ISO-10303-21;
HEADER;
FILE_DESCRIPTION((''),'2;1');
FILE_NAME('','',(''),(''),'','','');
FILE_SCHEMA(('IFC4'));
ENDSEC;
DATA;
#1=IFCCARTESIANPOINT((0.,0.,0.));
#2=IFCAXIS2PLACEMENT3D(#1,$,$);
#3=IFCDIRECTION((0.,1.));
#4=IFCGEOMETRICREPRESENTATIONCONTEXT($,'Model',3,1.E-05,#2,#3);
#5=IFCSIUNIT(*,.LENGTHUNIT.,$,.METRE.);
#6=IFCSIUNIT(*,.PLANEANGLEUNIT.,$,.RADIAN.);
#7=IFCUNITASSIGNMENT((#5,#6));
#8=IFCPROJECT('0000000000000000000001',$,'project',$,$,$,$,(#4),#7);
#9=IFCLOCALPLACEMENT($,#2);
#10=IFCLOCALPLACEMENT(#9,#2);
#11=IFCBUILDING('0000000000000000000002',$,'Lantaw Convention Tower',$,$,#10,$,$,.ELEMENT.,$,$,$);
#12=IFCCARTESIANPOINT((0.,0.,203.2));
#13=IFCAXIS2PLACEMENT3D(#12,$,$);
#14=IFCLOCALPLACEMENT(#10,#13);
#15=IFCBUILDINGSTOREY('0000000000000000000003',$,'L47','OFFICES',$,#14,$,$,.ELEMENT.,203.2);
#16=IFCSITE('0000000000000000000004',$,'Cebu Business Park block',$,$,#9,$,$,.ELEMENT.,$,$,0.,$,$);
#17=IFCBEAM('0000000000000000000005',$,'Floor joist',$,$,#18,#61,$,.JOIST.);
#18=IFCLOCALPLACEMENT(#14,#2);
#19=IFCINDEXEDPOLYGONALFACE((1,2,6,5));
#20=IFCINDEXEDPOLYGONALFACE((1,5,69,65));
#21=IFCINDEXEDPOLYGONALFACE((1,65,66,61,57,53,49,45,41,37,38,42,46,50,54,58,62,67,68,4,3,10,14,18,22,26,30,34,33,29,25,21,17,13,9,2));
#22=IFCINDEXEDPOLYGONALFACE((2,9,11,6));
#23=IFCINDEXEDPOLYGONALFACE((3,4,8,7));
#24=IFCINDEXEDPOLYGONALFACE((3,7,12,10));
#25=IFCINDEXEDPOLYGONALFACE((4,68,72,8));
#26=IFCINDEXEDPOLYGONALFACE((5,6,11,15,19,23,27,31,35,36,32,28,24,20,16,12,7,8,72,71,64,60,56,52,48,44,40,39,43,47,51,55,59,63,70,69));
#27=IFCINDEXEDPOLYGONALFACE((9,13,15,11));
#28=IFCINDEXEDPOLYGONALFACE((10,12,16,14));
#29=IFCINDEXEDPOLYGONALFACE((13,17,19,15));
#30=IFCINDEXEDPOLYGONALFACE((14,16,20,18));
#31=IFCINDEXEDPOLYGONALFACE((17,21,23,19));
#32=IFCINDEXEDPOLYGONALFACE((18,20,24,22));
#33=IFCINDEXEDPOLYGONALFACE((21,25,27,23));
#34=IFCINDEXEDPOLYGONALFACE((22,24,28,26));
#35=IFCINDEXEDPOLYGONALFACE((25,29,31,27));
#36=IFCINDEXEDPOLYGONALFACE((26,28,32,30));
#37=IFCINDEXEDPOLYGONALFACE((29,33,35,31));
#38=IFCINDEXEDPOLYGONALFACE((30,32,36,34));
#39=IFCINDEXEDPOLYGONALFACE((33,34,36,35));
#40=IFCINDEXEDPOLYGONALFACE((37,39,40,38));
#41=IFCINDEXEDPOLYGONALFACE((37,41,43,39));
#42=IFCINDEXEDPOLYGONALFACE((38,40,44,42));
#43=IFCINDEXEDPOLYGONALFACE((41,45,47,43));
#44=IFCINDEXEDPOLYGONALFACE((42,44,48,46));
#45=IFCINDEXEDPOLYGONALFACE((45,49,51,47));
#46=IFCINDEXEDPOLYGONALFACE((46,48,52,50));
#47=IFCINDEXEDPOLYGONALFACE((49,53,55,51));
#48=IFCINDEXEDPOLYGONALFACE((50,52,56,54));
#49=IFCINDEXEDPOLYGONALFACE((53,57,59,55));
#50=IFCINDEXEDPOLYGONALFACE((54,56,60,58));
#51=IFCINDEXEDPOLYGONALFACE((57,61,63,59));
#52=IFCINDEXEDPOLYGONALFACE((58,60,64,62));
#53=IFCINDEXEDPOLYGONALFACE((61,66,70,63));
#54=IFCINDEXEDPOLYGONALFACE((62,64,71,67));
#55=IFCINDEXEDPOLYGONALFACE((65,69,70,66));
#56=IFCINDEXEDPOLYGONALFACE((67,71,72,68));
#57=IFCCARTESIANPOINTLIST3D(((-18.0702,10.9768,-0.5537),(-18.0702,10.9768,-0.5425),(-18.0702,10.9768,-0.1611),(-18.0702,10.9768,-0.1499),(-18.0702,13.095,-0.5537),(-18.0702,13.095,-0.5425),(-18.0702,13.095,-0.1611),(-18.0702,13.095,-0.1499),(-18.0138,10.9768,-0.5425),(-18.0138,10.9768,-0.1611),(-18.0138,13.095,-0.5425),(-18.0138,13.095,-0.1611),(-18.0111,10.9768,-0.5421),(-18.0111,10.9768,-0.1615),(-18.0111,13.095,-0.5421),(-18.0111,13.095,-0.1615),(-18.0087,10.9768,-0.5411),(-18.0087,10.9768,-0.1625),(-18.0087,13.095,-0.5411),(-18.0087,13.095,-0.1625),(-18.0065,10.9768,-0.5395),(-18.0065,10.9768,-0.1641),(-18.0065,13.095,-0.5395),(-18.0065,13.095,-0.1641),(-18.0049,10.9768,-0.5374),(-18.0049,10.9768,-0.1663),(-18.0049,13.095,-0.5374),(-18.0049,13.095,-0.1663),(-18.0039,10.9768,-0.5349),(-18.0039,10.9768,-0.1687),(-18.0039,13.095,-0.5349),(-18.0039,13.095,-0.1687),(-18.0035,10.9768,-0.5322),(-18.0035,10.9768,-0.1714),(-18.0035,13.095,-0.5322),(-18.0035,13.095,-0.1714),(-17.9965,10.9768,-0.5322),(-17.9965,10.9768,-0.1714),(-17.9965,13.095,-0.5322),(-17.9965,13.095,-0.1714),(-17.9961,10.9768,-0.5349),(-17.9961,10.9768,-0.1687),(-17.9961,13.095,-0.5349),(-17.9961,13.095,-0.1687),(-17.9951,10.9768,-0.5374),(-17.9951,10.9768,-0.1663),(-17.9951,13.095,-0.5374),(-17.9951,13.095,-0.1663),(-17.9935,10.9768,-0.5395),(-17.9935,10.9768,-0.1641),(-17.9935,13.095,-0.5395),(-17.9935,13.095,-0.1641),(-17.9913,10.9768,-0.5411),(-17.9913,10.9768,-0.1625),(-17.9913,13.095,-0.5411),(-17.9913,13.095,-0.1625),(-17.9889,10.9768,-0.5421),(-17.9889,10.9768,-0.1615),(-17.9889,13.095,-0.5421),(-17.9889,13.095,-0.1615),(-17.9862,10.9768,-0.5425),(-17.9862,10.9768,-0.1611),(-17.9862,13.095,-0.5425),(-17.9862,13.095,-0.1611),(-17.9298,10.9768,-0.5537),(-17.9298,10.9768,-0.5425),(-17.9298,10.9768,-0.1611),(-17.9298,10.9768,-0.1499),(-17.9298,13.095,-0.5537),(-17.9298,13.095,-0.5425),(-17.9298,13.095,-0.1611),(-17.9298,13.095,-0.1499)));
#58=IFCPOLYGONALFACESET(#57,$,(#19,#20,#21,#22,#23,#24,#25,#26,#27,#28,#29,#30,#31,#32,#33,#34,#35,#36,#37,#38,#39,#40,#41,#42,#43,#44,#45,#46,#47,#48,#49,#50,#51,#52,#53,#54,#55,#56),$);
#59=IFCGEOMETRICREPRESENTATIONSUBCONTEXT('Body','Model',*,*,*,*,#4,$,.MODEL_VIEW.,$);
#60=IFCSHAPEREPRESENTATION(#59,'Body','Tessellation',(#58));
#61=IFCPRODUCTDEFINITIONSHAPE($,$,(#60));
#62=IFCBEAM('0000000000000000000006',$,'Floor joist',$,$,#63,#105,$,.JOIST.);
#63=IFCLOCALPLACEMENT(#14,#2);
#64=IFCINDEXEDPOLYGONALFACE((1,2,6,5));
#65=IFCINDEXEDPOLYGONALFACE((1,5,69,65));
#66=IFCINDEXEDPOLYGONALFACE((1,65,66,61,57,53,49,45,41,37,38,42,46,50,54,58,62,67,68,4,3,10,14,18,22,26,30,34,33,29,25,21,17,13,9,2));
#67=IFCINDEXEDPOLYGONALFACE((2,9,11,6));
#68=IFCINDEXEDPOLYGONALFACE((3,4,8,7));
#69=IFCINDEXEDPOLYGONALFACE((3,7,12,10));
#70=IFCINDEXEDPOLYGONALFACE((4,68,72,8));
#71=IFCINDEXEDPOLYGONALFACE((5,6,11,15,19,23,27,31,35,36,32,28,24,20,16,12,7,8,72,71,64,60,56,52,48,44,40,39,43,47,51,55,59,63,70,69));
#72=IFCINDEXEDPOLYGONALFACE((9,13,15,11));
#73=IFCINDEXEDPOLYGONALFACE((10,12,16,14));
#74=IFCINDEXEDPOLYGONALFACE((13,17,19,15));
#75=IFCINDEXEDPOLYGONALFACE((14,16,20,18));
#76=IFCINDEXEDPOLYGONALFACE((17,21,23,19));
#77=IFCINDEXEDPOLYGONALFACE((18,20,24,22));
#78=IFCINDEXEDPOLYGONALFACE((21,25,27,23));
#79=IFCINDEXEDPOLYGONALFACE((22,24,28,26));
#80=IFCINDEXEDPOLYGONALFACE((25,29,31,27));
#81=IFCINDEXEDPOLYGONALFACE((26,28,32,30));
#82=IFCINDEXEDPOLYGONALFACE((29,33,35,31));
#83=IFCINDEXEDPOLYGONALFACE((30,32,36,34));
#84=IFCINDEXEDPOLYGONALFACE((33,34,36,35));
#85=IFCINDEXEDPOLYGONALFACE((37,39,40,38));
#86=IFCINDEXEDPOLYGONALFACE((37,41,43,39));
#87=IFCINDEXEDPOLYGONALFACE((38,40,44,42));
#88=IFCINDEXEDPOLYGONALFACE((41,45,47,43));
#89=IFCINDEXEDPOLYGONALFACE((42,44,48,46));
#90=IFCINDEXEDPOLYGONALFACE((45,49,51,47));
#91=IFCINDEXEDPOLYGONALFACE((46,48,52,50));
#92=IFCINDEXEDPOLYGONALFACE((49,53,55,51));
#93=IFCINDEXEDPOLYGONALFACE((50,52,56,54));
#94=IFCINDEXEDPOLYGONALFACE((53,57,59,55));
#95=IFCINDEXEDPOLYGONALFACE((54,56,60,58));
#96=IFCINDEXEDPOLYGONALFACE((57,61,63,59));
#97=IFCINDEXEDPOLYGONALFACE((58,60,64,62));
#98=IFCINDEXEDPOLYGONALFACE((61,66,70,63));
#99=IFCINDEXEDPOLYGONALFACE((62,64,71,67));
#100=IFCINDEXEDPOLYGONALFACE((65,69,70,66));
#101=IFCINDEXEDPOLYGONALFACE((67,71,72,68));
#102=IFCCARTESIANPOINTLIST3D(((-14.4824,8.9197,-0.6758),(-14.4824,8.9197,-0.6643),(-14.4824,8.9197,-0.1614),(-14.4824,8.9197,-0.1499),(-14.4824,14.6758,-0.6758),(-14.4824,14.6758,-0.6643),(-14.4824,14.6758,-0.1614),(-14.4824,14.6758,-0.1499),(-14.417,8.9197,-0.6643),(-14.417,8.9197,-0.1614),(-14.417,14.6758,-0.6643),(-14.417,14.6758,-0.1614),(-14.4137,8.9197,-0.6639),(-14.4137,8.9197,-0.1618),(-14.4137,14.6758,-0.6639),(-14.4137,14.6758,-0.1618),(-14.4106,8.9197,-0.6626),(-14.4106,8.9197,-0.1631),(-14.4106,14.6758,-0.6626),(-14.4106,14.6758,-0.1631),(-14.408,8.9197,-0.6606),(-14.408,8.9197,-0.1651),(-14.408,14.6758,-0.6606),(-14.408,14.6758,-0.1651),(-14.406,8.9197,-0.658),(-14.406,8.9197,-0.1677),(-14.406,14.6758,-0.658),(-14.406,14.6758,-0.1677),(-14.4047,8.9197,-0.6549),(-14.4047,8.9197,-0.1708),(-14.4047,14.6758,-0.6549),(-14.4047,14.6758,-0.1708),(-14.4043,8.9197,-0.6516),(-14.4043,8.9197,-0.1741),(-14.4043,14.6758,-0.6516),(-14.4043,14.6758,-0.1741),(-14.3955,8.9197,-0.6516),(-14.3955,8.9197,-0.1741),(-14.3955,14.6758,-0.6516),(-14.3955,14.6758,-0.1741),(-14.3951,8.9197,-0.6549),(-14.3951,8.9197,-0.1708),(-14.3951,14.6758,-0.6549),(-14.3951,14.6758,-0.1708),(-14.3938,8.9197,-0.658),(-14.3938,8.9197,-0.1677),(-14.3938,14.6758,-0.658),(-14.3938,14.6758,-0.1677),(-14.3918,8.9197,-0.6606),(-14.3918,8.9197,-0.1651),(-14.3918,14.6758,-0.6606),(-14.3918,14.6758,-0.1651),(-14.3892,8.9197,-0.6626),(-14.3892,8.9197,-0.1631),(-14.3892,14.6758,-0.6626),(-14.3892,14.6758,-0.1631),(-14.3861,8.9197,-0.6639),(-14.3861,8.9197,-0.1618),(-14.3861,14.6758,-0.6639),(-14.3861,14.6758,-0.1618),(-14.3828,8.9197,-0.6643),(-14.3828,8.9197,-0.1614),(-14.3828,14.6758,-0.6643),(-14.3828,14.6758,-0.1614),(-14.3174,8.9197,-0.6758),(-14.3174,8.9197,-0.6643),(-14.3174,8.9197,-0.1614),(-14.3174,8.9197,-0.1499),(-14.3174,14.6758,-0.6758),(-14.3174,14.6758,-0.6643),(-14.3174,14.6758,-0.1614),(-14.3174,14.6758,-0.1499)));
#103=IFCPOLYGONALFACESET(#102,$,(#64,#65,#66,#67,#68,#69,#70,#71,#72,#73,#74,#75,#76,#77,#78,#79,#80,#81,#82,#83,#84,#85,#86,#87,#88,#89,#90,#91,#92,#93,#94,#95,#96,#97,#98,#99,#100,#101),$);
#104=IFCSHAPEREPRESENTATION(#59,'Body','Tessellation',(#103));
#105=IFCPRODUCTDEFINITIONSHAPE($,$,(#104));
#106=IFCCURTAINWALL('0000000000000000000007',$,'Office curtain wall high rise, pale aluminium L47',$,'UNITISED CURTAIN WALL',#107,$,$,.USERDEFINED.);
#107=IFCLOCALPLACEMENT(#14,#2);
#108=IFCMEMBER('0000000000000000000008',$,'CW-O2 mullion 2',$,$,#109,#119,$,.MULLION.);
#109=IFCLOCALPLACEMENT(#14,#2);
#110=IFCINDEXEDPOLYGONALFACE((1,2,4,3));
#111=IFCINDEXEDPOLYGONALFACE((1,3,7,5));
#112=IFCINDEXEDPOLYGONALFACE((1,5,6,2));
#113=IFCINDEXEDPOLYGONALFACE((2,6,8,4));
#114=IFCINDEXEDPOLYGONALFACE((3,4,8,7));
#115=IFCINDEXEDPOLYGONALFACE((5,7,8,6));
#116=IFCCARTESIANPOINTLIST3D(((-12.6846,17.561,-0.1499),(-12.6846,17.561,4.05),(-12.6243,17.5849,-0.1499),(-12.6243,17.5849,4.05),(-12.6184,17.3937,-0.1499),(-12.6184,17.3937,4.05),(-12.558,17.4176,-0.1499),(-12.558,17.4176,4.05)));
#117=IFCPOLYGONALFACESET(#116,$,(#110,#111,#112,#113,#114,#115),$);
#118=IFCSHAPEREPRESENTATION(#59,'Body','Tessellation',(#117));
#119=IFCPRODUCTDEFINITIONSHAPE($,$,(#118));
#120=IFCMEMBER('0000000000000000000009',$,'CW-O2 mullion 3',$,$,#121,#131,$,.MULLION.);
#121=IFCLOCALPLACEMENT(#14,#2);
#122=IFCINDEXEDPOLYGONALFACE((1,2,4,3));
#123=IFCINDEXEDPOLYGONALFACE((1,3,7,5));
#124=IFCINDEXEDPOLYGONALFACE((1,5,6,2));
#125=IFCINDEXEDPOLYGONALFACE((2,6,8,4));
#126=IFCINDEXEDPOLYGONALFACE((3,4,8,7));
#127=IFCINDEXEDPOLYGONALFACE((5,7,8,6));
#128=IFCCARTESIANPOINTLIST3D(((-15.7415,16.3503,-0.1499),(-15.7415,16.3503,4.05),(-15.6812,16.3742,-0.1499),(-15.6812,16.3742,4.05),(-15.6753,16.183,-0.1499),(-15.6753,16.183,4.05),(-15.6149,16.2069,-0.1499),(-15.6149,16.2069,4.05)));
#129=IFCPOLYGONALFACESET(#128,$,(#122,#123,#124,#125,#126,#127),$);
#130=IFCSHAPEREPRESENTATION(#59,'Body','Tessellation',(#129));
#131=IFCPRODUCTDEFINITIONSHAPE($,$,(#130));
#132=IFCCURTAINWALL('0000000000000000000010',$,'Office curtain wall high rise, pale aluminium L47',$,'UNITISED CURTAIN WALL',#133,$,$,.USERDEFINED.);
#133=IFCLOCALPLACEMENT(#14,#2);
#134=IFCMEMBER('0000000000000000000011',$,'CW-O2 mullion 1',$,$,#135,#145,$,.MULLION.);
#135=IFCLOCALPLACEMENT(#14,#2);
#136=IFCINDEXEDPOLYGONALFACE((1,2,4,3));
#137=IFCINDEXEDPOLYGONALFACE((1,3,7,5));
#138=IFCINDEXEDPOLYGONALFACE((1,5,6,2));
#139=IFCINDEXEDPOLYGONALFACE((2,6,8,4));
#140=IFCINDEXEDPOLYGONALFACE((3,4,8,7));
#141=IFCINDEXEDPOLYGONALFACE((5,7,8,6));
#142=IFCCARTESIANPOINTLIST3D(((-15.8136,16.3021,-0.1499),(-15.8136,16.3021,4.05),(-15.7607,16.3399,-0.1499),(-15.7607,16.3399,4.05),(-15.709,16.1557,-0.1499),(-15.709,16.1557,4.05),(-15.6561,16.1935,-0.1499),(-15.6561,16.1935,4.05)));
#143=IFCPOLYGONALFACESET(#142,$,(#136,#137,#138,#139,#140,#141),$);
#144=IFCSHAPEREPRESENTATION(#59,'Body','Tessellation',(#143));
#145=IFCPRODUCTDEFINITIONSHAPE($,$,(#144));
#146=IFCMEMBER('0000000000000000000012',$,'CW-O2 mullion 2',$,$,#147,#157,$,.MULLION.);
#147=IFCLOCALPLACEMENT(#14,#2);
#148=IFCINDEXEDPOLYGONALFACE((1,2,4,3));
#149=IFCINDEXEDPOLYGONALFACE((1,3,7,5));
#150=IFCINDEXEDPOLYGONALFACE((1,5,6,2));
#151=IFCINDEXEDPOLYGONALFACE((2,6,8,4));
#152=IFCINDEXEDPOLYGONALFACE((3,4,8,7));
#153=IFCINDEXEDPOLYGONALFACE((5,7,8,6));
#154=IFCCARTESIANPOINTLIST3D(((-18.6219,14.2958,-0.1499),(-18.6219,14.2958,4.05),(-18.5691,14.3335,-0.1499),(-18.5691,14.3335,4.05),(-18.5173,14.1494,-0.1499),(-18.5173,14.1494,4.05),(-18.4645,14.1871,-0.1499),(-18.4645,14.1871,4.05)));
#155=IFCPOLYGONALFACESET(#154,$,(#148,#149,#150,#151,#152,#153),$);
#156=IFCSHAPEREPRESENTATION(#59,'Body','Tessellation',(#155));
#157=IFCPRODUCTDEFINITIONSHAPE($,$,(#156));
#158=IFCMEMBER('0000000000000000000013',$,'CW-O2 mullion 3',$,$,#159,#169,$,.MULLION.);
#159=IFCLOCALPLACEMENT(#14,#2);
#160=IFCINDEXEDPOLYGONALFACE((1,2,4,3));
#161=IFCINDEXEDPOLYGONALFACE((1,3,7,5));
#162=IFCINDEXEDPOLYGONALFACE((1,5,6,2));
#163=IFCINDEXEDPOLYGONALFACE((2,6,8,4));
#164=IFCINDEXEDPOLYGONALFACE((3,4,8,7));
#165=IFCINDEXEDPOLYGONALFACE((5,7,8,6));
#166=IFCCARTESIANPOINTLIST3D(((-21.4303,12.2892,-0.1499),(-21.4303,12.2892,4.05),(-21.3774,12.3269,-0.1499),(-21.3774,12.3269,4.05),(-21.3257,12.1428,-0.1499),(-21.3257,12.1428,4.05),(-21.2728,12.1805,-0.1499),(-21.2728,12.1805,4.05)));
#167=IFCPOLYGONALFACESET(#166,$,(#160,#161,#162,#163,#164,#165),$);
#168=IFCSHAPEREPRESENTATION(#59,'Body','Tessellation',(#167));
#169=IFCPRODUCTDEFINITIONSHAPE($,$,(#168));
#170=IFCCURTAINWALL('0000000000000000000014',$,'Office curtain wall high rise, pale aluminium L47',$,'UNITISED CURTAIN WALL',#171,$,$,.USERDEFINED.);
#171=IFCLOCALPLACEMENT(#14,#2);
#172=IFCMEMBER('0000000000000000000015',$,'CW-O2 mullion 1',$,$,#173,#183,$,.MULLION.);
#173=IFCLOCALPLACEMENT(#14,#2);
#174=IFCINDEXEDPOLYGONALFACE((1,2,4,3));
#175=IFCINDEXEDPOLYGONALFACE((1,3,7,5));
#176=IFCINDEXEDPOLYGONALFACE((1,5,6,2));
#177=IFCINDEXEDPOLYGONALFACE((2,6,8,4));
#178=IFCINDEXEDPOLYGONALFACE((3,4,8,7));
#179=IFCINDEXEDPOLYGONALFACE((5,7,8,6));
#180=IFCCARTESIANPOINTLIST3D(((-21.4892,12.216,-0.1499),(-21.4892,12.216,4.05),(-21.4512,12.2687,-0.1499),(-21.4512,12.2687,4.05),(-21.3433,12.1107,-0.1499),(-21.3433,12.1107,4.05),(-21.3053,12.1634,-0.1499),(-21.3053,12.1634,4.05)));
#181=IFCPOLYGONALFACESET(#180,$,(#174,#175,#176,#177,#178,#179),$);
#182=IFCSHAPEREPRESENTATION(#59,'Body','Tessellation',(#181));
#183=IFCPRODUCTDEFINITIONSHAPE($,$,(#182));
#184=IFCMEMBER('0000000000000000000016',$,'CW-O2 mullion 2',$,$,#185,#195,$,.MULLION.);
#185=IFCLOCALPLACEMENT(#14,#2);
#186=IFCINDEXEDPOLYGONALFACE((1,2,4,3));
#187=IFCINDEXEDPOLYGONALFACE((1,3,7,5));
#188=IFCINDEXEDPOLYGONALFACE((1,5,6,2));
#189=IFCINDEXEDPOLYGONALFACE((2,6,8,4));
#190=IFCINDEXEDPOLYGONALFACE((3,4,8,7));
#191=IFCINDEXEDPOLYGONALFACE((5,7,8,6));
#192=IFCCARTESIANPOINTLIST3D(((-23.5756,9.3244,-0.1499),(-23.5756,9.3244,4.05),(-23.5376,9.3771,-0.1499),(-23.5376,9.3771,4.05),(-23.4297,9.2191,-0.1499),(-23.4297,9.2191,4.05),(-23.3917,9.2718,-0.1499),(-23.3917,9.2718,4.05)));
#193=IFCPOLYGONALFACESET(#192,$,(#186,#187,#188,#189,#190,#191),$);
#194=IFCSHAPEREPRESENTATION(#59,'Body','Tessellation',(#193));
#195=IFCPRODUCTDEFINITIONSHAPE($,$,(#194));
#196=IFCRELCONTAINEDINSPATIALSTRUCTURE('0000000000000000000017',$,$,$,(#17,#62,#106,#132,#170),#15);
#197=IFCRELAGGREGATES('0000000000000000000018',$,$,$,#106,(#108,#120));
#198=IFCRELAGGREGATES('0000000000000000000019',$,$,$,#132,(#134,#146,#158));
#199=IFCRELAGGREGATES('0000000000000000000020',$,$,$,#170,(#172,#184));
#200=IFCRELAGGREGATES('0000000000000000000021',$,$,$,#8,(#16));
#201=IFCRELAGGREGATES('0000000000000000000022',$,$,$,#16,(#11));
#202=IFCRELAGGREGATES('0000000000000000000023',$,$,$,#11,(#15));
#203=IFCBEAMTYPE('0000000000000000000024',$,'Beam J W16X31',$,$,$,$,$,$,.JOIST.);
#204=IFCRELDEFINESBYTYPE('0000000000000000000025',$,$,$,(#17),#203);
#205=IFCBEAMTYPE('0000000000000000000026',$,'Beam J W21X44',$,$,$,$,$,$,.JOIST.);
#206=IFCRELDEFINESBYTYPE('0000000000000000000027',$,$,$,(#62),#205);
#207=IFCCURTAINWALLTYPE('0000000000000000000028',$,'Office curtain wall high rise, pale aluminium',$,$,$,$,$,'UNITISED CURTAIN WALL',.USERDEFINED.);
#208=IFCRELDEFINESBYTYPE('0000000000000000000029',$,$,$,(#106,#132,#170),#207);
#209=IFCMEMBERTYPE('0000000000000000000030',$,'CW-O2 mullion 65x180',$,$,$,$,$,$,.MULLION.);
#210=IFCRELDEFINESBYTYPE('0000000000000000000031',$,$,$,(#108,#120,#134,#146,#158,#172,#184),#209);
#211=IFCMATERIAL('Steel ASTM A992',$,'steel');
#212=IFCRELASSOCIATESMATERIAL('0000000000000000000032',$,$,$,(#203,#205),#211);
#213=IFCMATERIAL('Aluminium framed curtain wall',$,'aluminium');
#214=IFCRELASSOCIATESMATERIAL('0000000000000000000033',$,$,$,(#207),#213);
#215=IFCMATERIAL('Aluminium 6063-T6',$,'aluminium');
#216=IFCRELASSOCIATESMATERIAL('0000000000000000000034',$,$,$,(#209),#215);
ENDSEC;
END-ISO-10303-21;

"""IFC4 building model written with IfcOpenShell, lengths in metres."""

from ifc_helpers import new_model, si_unit, direction, frame, origin, origin_2d, place, context, subcontext, project, spatial, rectangle, i_section, extrude, material, material_profile, profile_set, type_object, element, aggregate, save


model = new_model("IFC4")

# Units and contexts
model_context = context("Model", 3, precision=1e-05, world=origin(), true_north=direction((0.0, 1.0)))
body_context = subcontext(model_context, "Body", "Model", "MODEL_VIEW")
ifc_project = project(units=[si_unit("LENGTHUNIT", "METRE"), si_unit("PLANEANGLEUNIT", "RADIAN")], contexts=[model_context])

# Site, building, storey
site_placement = place(None, origin())
site = spatial("IfcSite", under=ifc_project, at=site_placement, Name="Cebu Business Park block", CompositionType="ELEMENT", RefElevation=0.0)
building_placement = place(site_placement, origin())
building = spatial("IfcBuilding", under=site, at=building_placement, Name="Lantaw Convention Tower", CompositionType="ELEMENT")
storey_placement = place(building_placement, frame((0.0, 0.0, 203.2)))
storey = spatial("IfcBuildingStorey", under=building, at=storey_placement, Name="L47", Description="OFFICES", CompositionType="ELEMENT", Elevation=203.2)

# Beams
ifc_material_1 = material(Name="Steel ASTM A992", Category="steel")
ifc_material_profile_1 = material_profile(ifc_material_1, i_section(OverallWidth=0.1404, OverallDepth=0.4038, WebThickness=0.0071, FlangeThickness=0.0112, FilletRadius=0.0103, at=origin_2d()), Name="W16X31")
ifc_profile_set_1 = profile_set([ifc_material_profile_1], Name="Steel ASTM A992")
beam_type_1 = type_object("IfcBeamType", Name="Beam J W16X31", PredefinedType="JOIST", material=ifc_profile_set_1)
beam_1_placement = place(storey_placement, frame((-18.0, 10.9768, -0.3518), z_axis=(0.0, 1.0, 0.0), x_axis=(-1.0, 0.0, 0.0)))
element("IfcBeam", 1, at=beam_1_placement, inside=storey, type_object=beam_type_1, Name="Floor joist", PredefinedType="JOIST", context=body_context, shape_type="SweptSolid", body=[
    extrude(i_section(OverallWidth=0.1404, OverallDepth=0.4038, WebThickness=0.0071, FlangeThickness=0.0112, FilletRadius=0.0103, at=origin_2d()), origin(), (0.0, 0.0, 1.0), 2.1182),
])
ifc_material_profile_2 = material_profile(ifc_material_1, i_section(OverallWidth=0.165, OverallDepth=0.5259, WebThickness=0.0088, FlangeThickness=0.0115, FilletRadius=0.0127, at=origin_2d()), Name="W21X44")
ifc_profile_set_2 = profile_set([ifc_material_profile_2], Name="Steel ASTM A992")
beam_type_2 = type_object("IfcBeamType", Name="Beam J W21X44", PredefinedType="JOIST", material=ifc_profile_set_2)
beam_2_placement = place(storey_placement, frame((-14.3999, 8.9197, -0.4128), z_axis=(0.0, 1.0, 0.0), x_axis=(-1.0, 0.0, 0.0)))
element("IfcBeam", 2, at=beam_2_placement, inside=storey, type_object=beam_type_2, Name="Floor joist", PredefinedType="JOIST", context=body_context, shape_type="SweptSolid", body=[
    extrude(i_section(OverallWidth=0.165, OverallDepth=0.5259, WebThickness=0.0088, FlangeThickness=0.0115, FilletRadius=0.0127, at=origin_2d()), origin(), (0.0, 0.0, 1.0), 5.7561),
])

# Curtain walls, members
ifc_material_2 = material(Name="Aluminium framed curtain wall", Category="aluminium")
curtain_wall_type = type_object("IfcCurtainWallType", Name="Office curtain wall high rise, pale aluminium", ElementType="UNITISED CURTAIN WALL", PredefinedType="USERDEFINED", material=ifc_material_2)
curtain_wall_1_placement = place(storey_placement, origin())
curtain_wall_1 = element("IfcCurtainWall", 3, at=curtain_wall_1_placement, inside=storey, type_object=curtain_wall_type, Name="Office curtain wall high rise, pale aluminium L47", ObjectType="UNITISED CURTAIN WALL", PredefinedType="USERDEFINED")
ifc_material_3 = material(Name="Aluminium 6063-T6", Category="aluminium")
ifc_material_profile_3 = material_profile(ifc_material_3, rectangle(XDim=0.1799, YDim=0.0649, at=origin_2d()), Name="CW-O2 mullion 65x180")
ifc_profile_set_3 = profile_set([ifc_material_profile_3], Name="Aluminium 6063-T6")
member_type_1 = type_object("IfcMemberType", Name="CW-O2 mullion 65x180", PredefinedType="MULLION", material=ifc_profile_set_3)
member_1_placement = place(storey_placement, frame((-12.6213, 17.4893, -0.1499), z_axis=(0.0, 0.0, 1.0), x_axis=(0.368162, -0.929762, 0.0)))
member_1 = element("IfcMember", 4, at=member_1_placement, type_object=member_type_1, Name="CW-O2 mullion 2", PredefinedType="MULLION", context=body_context, shape_type="SweptSolid", body=[
    extrude(rectangle(XDim=0.1799, YDim=0.0649, at=origin_2d()), origin(), (0.0, 0.0, 1.0), 4.2),
])
member_2_placement = place(storey_placement, frame((-15.6782, 16.2786, -0.1499), z_axis=(0.0, 0.0, 1.0), x_axis=(0.368162, -0.929762, 0.0)))
member_2 = element("IfcMember", 5, at=member_2_placement, type_object=member_type_1, Name="CW-O2 mullion 3", PredefinedType="MULLION", context=body_context, shape_type="SweptSolid", body=[
    extrude(rectangle(XDim=0.1799, YDim=0.0649, at=origin_2d()), origin(), (0.0, 0.0, 1.0), 4.2),
])
curtain_wall_2_placement = place(storey_placement, origin())
curtain_wall_2 = element("IfcCurtainWall", 6, at=curtain_wall_2_placement, inside=storey, type_object=curtain_wall_type, Name="Office curtain wall high rise, pale aluminium L47", ObjectType="UNITISED CURTAIN WALL", PredefinedType="USERDEFINED")
member_3_placement = place(storey_placement, frame((-15.7349, 16.2478, -0.1499), z_axis=(0.0, 0.0, 1.0), x_axis=(0.581323, -0.813673, 0.0)))
member_3 = element("IfcMember", 7, at=member_3_placement, type_object=member_type_1, Name="CW-O2 mullion 1", PredefinedType="MULLION", context=body_context, shape_type="SweptSolid", body=[
    extrude(rectangle(XDim=0.1799, YDim=0.0649, at=origin_2d()), origin(), (0.0, 0.0, 1.0), 4.2),
])
member_4_placement = place(storey_placement, frame((-18.5432, 14.2415, -0.1499), z_axis=(0.0, 0.0, 1.0), x_axis=(0.581323, -0.813673, 0.0)))
member_4 = element("IfcMember", 8, at=member_4_placement, type_object=member_type_1, Name="CW-O2 mullion 2", PredefinedType="MULLION", context=body_context, shape_type="SweptSolid", body=[
    extrude(rectangle(XDim=0.1799, YDim=0.0649, at=origin_2d()), origin(), (0.0, 0.0, 1.0), 4.2),
])
member_5_placement = place(storey_placement, frame((-21.3516, 12.2349, -0.1499), z_axis=(0.0, 0.0, 1.0), x_axis=(0.581323, -0.813673, 0.0)))
member_5 = element("IfcMember", 9, at=member_5_placement, type_object=member_type_1, Name="CW-O2 mullion 3", PredefinedType="MULLION", context=body_context, shape_type="SweptSolid", body=[
    extrude(rectangle(XDim=0.1799, YDim=0.0649, at=origin_2d()), origin(), (0.0, 0.0, 1.0), 4.2),
])
curtain_wall_3_placement = place(storey_placement, origin())
curtain_wall_3 = element("IfcCurtainWall", 10, at=curtain_wall_3_placement, inside=storey, type_object=curtain_wall_type, Name="Office curtain wall high rise, pale aluminium L47", ObjectType="UNITISED CURTAIN WALL", PredefinedType="USERDEFINED")
member_6_placement = place(storey_placement, frame((-21.3972, 12.1897, -0.1499), z_axis=(0.0, 0.0, 1.0), x_axis=(0.81092, -0.585158, 0.0)))
member_6 = element("IfcMember", 11, at=member_6_placement, type_object=member_type_1, Name="CW-O2 mullion 1", PredefinedType="MULLION", context=body_context, shape_type="SweptSolid", body=[
    extrude(rectangle(XDim=0.1799, YDim=0.0649, at=origin_2d()), origin(), (0.0, 0.0, 1.0), 4.2),
])
member_7_placement = place(storey_placement, frame((-23.4836, 9.2981, -0.1499), z_axis=(0.0, 0.0, 1.0), x_axis=(0.81092, -0.585158, 0.0)))
member_7 = element("IfcMember", 12, at=member_7_placement, type_object=member_type_1, Name="CW-O2 mullion 2", PredefinedType="MULLION", context=body_context, shape_type="SweptSolid", body=[
    extrude(rectangle(XDim=0.1799, YDim=0.0649, at=origin_2d()), origin(), (0.0, 0.0, 1.0), 4.2),
])

aggregate(curtain_wall_1, [member_1, member_2])
aggregate(curtain_wall_2, [member_3, member_4, member_5])
aggregate(curtain_wall_3, [member_6, member_7])

save(model, "model.ifc")
